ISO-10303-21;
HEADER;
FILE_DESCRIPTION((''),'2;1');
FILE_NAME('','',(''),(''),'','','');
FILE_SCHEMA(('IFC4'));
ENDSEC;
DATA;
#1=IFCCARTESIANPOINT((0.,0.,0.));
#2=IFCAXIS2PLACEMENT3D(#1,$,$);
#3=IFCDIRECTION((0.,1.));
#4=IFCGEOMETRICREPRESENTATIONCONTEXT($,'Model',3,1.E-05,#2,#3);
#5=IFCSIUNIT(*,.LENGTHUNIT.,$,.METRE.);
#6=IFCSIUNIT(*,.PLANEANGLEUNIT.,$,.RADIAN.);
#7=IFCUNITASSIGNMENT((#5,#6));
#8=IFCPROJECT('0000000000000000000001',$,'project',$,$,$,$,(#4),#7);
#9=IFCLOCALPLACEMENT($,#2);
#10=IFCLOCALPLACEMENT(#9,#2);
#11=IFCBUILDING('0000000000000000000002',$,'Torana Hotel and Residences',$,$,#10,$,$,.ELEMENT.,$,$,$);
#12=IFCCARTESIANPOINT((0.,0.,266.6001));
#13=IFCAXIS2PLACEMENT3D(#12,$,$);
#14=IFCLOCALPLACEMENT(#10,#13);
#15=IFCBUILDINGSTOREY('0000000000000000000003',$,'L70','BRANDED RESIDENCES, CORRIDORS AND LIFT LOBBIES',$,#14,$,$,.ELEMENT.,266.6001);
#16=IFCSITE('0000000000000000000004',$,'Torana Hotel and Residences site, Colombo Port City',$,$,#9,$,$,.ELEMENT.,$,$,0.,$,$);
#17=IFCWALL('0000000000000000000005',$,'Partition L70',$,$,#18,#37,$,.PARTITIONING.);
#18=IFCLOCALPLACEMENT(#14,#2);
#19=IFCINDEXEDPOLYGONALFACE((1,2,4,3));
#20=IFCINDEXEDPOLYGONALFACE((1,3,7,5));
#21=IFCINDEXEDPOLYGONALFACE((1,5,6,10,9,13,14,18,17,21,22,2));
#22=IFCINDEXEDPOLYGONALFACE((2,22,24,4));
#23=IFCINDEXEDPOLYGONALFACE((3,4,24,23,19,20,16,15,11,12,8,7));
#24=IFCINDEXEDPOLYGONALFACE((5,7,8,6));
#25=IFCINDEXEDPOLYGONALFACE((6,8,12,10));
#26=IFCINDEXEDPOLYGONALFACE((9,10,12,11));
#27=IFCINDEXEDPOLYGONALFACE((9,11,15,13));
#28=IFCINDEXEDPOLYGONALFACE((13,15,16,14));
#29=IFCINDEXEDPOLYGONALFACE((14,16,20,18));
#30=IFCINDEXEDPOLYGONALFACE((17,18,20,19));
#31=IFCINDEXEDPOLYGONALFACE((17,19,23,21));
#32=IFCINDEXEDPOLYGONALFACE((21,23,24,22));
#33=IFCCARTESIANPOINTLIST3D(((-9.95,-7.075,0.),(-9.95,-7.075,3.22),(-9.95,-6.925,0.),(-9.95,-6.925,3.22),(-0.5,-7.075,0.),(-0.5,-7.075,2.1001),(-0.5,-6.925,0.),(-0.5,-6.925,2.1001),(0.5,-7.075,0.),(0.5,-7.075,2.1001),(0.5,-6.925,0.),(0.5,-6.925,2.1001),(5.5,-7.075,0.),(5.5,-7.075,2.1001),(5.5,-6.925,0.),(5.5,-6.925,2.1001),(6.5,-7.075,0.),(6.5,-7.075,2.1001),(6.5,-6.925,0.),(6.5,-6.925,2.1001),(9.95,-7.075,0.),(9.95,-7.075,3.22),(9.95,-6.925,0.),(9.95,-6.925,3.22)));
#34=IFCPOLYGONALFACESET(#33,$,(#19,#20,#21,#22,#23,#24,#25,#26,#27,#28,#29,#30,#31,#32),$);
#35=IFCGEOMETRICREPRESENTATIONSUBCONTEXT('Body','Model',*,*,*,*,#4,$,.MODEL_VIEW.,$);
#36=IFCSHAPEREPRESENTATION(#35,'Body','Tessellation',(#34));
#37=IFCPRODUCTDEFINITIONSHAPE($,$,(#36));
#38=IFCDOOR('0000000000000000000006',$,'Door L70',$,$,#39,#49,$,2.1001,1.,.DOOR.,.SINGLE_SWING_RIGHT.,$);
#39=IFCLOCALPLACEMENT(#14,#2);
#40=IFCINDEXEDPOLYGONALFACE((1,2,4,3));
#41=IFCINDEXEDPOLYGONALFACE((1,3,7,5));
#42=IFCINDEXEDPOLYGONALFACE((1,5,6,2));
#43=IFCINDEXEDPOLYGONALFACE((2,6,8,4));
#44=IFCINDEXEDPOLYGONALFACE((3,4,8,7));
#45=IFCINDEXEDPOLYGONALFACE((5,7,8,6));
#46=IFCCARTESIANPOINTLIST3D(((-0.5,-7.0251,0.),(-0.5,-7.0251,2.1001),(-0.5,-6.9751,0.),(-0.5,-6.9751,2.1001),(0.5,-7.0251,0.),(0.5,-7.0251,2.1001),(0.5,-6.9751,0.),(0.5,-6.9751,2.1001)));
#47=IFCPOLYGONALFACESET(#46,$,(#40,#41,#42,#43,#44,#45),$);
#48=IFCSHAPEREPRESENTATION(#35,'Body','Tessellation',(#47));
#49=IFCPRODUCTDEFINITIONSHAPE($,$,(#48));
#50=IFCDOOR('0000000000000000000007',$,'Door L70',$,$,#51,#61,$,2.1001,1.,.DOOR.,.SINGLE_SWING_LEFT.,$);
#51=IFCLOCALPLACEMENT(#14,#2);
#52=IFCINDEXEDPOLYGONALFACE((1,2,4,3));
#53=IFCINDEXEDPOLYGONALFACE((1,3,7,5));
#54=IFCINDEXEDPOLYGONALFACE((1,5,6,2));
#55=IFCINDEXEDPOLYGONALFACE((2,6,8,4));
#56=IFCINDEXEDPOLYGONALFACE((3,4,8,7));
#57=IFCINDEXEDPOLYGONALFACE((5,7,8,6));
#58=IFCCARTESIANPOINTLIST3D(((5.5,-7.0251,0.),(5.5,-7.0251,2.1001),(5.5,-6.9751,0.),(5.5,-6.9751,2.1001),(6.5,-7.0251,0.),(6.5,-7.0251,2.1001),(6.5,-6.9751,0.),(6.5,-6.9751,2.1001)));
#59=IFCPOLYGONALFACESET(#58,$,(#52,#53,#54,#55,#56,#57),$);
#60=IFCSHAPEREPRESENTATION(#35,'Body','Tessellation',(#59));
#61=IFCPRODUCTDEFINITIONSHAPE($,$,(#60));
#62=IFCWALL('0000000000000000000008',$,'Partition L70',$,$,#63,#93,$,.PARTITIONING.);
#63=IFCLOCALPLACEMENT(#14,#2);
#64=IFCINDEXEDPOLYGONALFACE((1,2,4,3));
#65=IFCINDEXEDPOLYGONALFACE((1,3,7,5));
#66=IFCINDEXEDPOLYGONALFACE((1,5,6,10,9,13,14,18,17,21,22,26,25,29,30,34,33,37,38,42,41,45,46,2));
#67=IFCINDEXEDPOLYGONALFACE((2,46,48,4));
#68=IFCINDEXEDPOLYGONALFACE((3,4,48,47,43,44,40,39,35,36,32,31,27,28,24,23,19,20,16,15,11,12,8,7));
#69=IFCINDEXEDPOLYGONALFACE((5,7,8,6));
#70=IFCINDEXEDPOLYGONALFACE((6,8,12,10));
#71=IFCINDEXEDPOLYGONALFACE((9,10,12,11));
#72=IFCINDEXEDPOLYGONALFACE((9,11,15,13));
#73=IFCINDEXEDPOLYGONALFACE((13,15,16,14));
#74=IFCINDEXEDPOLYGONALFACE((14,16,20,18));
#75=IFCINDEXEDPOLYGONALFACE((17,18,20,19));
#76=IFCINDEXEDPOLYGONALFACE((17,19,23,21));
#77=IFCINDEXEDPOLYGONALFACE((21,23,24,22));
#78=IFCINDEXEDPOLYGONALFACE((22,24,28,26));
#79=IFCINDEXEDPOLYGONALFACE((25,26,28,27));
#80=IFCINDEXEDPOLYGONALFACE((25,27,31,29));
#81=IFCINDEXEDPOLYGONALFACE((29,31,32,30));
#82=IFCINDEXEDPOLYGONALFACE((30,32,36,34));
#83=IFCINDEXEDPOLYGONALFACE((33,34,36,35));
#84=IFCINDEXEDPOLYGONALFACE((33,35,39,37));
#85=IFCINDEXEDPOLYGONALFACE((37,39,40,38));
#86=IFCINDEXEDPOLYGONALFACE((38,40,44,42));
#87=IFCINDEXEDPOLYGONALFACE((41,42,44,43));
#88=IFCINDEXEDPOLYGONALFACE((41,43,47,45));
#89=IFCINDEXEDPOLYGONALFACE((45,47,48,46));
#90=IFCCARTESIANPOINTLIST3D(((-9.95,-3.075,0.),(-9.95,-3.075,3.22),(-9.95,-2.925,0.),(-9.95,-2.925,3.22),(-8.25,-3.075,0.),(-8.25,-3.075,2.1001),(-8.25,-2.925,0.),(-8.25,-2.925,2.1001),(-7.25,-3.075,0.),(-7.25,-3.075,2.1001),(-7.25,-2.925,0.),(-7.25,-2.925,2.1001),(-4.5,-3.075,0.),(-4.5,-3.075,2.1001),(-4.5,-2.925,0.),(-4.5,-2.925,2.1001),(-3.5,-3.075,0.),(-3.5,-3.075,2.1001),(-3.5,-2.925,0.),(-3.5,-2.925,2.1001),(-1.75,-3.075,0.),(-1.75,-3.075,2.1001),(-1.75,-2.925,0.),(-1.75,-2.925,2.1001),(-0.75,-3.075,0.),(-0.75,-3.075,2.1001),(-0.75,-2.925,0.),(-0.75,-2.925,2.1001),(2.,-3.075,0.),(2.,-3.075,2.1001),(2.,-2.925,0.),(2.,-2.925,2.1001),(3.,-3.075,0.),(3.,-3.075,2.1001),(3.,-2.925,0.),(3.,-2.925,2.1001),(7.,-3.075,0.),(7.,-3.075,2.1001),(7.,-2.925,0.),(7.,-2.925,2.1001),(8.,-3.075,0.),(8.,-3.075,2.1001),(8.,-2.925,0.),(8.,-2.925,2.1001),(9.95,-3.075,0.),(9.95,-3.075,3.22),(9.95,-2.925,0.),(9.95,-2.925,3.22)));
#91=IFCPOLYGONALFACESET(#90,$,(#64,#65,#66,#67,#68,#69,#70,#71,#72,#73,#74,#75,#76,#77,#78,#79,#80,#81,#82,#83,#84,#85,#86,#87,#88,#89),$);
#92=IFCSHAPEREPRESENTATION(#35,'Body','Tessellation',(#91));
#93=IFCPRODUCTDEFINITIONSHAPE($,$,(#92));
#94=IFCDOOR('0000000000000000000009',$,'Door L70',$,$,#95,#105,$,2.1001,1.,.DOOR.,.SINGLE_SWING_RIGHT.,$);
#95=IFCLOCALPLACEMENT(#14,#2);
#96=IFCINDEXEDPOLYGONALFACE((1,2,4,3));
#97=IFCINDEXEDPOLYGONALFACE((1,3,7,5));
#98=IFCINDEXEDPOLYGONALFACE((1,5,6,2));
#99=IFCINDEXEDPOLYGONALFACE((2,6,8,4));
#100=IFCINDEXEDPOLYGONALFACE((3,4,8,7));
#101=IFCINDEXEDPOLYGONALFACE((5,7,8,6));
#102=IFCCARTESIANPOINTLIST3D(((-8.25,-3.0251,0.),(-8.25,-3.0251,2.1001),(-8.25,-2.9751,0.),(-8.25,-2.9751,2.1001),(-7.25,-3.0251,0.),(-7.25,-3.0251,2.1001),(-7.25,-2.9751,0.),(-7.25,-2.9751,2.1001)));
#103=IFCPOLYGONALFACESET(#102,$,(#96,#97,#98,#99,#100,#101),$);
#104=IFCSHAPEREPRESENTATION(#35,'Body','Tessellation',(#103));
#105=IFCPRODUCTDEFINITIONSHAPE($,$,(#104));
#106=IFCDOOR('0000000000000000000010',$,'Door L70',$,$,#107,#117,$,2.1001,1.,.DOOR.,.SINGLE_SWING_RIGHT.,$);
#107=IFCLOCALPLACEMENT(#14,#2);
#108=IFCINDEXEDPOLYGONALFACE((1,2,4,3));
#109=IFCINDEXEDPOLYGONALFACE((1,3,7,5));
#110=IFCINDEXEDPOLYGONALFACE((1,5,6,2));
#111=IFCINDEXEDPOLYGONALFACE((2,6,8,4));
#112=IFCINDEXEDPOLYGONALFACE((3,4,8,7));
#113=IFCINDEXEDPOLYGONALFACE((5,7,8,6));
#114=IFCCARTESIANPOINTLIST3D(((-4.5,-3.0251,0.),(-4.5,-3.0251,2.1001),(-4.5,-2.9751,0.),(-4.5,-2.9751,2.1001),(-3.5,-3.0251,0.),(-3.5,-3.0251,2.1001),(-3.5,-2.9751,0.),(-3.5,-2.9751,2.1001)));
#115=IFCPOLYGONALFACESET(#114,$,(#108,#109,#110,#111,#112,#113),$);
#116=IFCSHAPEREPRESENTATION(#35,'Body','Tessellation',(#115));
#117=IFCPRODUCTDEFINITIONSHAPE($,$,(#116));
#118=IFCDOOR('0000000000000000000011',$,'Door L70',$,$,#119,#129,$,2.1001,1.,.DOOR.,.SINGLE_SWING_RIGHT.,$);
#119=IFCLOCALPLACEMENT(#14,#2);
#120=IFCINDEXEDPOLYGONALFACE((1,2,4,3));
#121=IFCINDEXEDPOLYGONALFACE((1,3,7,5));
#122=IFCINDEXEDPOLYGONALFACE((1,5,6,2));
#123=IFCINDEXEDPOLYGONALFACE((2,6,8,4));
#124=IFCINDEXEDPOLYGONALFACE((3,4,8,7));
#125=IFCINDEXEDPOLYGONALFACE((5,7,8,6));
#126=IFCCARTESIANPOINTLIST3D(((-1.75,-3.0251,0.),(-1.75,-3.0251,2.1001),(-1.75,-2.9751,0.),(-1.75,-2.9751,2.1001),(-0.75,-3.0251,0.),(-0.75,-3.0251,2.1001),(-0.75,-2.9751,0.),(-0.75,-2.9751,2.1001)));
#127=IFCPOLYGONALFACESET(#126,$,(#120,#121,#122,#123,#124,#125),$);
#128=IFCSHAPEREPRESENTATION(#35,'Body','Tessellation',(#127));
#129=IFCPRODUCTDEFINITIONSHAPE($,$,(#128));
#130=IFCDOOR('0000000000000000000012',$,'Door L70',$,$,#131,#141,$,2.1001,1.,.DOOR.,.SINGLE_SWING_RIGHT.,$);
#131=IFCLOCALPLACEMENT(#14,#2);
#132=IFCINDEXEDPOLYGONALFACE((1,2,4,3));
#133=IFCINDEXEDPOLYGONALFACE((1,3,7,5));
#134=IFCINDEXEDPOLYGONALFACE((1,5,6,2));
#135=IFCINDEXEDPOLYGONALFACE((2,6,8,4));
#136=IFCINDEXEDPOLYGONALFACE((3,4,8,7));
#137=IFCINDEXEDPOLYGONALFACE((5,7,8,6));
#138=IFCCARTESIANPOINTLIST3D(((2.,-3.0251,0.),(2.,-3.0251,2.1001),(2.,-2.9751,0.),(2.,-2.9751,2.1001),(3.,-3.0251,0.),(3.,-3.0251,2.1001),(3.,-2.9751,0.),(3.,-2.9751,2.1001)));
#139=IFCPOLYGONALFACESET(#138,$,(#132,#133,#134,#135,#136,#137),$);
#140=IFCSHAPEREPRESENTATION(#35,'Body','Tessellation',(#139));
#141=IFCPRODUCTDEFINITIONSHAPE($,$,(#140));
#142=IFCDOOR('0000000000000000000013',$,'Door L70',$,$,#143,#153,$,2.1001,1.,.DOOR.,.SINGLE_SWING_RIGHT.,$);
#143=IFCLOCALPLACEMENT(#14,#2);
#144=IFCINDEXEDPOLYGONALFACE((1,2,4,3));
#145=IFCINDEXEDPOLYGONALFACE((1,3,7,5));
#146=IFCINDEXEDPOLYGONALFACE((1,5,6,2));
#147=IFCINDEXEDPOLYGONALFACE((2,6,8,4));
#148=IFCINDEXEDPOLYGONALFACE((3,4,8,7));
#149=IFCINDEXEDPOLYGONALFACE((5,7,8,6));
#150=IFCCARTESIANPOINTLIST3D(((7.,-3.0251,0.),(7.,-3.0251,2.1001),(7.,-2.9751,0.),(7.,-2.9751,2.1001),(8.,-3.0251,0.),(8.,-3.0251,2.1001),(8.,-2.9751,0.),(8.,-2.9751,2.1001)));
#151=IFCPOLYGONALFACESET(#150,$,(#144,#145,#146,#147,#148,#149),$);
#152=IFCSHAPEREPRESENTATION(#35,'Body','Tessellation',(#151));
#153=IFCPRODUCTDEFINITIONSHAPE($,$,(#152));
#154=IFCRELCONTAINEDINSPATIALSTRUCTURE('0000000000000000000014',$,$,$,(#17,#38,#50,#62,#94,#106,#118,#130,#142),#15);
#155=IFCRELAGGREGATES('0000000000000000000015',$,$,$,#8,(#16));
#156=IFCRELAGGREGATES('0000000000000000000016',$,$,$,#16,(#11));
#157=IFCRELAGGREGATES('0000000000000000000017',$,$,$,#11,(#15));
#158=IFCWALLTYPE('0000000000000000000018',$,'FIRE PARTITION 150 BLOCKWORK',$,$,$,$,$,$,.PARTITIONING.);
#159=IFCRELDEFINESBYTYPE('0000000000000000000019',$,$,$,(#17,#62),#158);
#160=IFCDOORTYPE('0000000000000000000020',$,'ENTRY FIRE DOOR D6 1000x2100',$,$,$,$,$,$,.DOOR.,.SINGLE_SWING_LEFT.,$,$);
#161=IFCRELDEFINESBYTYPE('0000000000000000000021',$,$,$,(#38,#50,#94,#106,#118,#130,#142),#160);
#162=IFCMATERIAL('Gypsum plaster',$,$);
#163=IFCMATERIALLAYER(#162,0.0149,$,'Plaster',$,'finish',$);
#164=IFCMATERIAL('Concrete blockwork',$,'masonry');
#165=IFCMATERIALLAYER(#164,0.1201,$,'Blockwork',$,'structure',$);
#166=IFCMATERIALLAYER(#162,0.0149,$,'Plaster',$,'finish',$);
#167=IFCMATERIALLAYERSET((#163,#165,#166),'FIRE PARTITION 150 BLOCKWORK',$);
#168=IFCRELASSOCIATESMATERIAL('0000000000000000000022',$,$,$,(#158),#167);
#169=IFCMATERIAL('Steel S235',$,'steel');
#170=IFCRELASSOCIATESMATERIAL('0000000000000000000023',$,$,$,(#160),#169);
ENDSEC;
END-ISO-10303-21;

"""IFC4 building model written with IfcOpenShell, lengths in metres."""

from ifc_helpers import new_model, si_unit, direction, frame, frame_2d, origin, place, context, subcontext, project, spatial, rectangle, extrude, material, layer, layer_set, type_object, element, fill, save


model = new_model("IFC4")

# Units and contexts
model_context = context("Model", 3, precision=1e-05, world=origin(), true_north=direction((0.0, 1.0)))
body_context = subcontext(model_context, "Body", "Model", "MODEL_VIEW")
ifc_project = project(units=[si_unit("LENGTHUNIT", "METRE"), si_unit("PLANEANGLEUNIT", "RADIAN")], contexts=[model_context])

# Site, building, storey
site_placement = place(None, origin())
site = spatial("IfcSite", under=ifc_project, at=site_placement, Name="Torana Hotel and Residences site, Colombo Port City", CompositionType="ELEMENT", RefElevation=0.0)
building_placement = place(site_placement, origin())
building = spatial("IfcBuilding", under=site, at=building_placement, Name="Torana Hotel and Residences", CompositionType="ELEMENT")
storey_placement = place(building_placement, frame((0.0, 0.0, 266.6001)))
storey = spatial("IfcBuildingStorey", under=building, at=storey_placement, Name="L70", Description="BRANDED RESIDENCES, CORRIDORS AND LIFT LOBBIES", CompositionType="ELEMENT", Elevation=266.6001)

# Shared definitions
ifc_material_1 = material(Name="Gypsum plaster")
ifc_layer_1 = layer(ifc_material_1, 0.0149, Name="Plaster", Category="finish")
ifc_material_2 = material(Name="Concrete blockwork", Category="masonry")
ifc_layer_2 = layer(ifc_material_2, 0.1201, Name="Blockwork", Category="structure")
ifc_layer_3 = layer(ifc_material_1, 0.0149, Name="Plaster", Category="finish")
ifc_layer_set_1 = layer_set([ifc_layer_1, ifc_layer_2, ifc_layer_3], Name="FIRE PARTITION 150 BLOCKWORK")
wall_type_1 = type_object("IfcWallType", Name="FIRE PARTITION 150 BLOCKWORK", PredefinedType="PARTITIONING", material=ifc_layer_set_1)

# Walls, openings, doors
ifc_material_3 = material(Name="Steel S235", Category="steel")
door_type = type_object("IfcDoorType", Name="ENTRY FIRE DOOR D6 1000x2100", OperationType="SINGLE_SWING_LEFT", PredefinedType="DOOR", material=ifc_material_3)
wall_1_placement = place(storey_placement, frame((-9.95, -7.0, 0.0), z_axis=(0.0, 0.0, 1.0), x_axis=(1.0, 0.0, 0.0)))
wall_1 = element("IfcWall", 1, at=wall_1_placement, inside=storey, type_object=wall_type_1, Name="Partition L70", PredefinedType="PARTITIONING", context=body_context, shape_type="SweptSolid", body=[
    extrude(rectangle(XDim=19.8999, YDim=0.1499, at=frame_2d((9.95, 0.0))), origin(), (0.0, 0.0, 1.0), 3.22),
])
opening_1_placement = place(wall_1_placement, frame((9.45, 0.0, 0.0)))
opening_1 = element("IfcOpeningElement", 2, at=opening_1_placement, cuts=wall_1, PredefinedType="OPENING", context=body_context, shape_type="SweptSolid", body=[
    extrude(rectangle(XDim=1.0, YDim=2.1001, at=frame_2d((0.5, 1.05))), frame((0.0, 0.085, 0.0), z_axis=(0.0, -1.0, 0.0), x_axis=(1.0, 0.0, 0.0)), (0.0, 0.0, 1.0), 0.1699),
])
opening_2_placement = place(wall_1_placement, frame((15.45, 0.0, 0.0)))
opening_2 = element("IfcOpeningElement", 3, at=opening_2_placement, cuts=wall_1, PredefinedType="OPENING", context=body_context, shape_type="SweptSolid", body=[
    extrude(rectangle(XDim=1.0, YDim=2.1001, at=frame_2d((0.5, 1.05))), frame((0.0, 0.085, 0.0), z_axis=(0.0, -1.0, 0.0), x_axis=(1.0, 0.0, 0.0)), (0.0, 0.0, 1.0), 0.1699),
])
door_1_placement = place(opening_1_placement, origin())
door_1 = element("IfcDoor", 4, at=door_1_placement, inside=storey, type_object=door_type, Name="Door L70", OperationType="SINGLE_SWING_RIGHT", OverallHeight=2.1001, OverallWidth=1.0, PredefinedType="DOOR", context=body_context, shape_type="SweptSolid", body=[
    extrude(rectangle(XDim=1.0, YDim=2.1001, at=frame_2d((0.5, 1.05))), frame((0.0, 0.0249, 0.0), z_axis=(0.0, -1.0, 0.0), x_axis=(1.0, 0.0, 0.0)), (0.0, 0.0, 1.0), 0.05),
])
fill(opening_1, door_1)
door_2_placement = place(opening_2_placement, frame((0.5, 0.0, 0.0), z_axis=(0.0, 0.0, 1.0), x_axis=(-1.0, 0.0, 0.0)))
door_2 = element("IfcDoor", 5, at=door_2_placement, inside=storey, type_object=door_type, Name="Door L70", OperationType="SINGLE_SWING_LEFT", OverallHeight=2.1001, OverallWidth=1.0, PredefinedType="DOOR", context=body_context, shape_type="SweptSolid", body=[
    extrude(rectangle(XDim=1.0, YDim=2.1001, at=frame_2d((0.0, 1.05))), frame((0.0, -0.0249, 0.0), z_axis=(0.0, 1.0, 0.0), x_axis=(-1.0, 0.0, 0.0)), (0.0, 0.0, 1.0), 0.05),
])
fill(opening_2, door_2)
wall_2_placement = place(storey_placement, frame((-9.95, -3.0, 0.0), z_axis=(0.0, 0.0, 1.0), x_axis=(1.0, 0.0, 0.0)))
wall_2 = element("IfcWall", 6, at=wall_2_placement, inside=storey, type_object=wall_type_1, Name="Partition L70", PredefinedType="PARTITIONING", context=body_context, shape_type="SweptSolid", body=[
    extrude(rectangle(XDim=19.8999, YDim=0.1499, at=frame_2d((9.95, 0.0))), origin(), (0.0, 0.0, 1.0), 3.22),
])
opening_3_placement = place(wall_2_placement, frame((1.7, 0.0, 0.0)))
opening_3 = element("IfcOpeningElement", 7, at=opening_3_placement, cuts=wall_2, PredefinedType="OPENING", context=body_context, shape_type="SweptSolid", body=[
    extrude(rectangle(XDim=1.0, YDim=2.1001, at=frame_2d((0.5, 1.05))), frame((0.0, 0.085, 0.0), z_axis=(0.0, -1.0, 0.0), x_axis=(1.0, 0.0, 0.0)), (0.0, 0.0, 1.0), 0.1699),
])
opening_4_placement = place(wall_2_placement, frame((5.45, 0.0, 0.0)))
opening_4 = element("IfcOpeningElement", 8, at=opening_4_placement, cuts=wall_2, PredefinedType="OPENING", context=body_context, shape_type="SweptSolid", body=[
    extrude(rectangle(XDim=1.0, YDim=2.1001, at=frame_2d((0.5, 1.05))), frame((0.0, 0.085, 0.0), z_axis=(0.0, -1.0, 0.0), x_axis=(1.0, 0.0, 0.0)), (0.0, 0.0, 1.0), 0.1699),
])
opening_5_placement = place(wall_2_placement, frame((8.2, 0.0, 0.0)))
opening_5 = element("IfcOpeningElement", 9, at=opening_5_placement, cuts=wall_2, PredefinedType="OPENING", context=body_context, shape_type="SweptSolid", body=[
    extrude(rectangle(XDim=1.0, YDim=2.1001, at=frame_2d((0.5, 1.05))), frame((0.0, 0.085, 0.0), z_axis=(0.0, -1.0, 0.0), x_axis=(1.0, 0.0, 0.0)), (0.0, 0.0, 1.0), 0.1699),
])
opening_6_placement = place(wall_2_placement, frame((11.95, 0.0, 0.0)))
opening_6 = element("IfcOpeningElement", 10, at=opening_6_placement, cuts=wall_2, PredefinedType="OPENING", context=body_context, shape_type="SweptSolid", body=[
    extrude(rectangle(XDim=1.0, YDim=2.1001, at=frame_2d((0.5, 1.05))), frame((0.0, 0.085, 0.0), z_axis=(0.0, -1.0, 0.0), x_axis=(1.0, 0.0, 0.0)), (0.0, 0.0, 1.0), 0.1699),
])
opening_7_placement = place(wall_2_placement, frame((16.95, 0.0, 0.0)))
opening_7 = element("IfcOpeningElement", 11, at=opening_7_placement, cuts=wall_2, PredefinedType="OPENING", context=body_context, shape_type="SweptSolid", body=[
    extrude(rectangle(XDim=1.0, YDim=2.1001, at=frame_2d((0.5, 1.05))), frame((0.0, 0.085, 0.0), z_axis=(0.0, -1.0, 0.0), x_axis=(1.0, 0.0, 0.0)), (0.0, 0.0, 1.0), 0.1699),
])
door_3_placement = place(opening_3_placement, origin())
door_3 = element("IfcDoor", 12, at=door_3_placement, inside=storey, type_object=door_type, Name="Door L70", OperationType="SINGLE_SWING_RIGHT", OverallHeight=2.1001, OverallWidth=1.0, PredefinedType="DOOR", context=body_context, shape_type="SweptSolid", body=[
    extrude(rectangle(XDim=1.0, YDim=2.1001, at=frame_2d((0.5, 1.05))), frame((0.0, 0.0249, 0.0), z_axis=(0.0, -1.0, 0.0), x_axis=(1.0, 0.0, 0.0)), (0.0, 0.0, 1.0), 0.05),
])
fill(opening_3, door_3)
door_4_placement = place(opening_4_placement, origin())
door_4 = element("IfcDoor", 13, at=door_4_placement, inside=storey, type_object=door_type, Name="Door L70", OperationType="SINGLE_SWING_RIGHT", OverallHeight=2.1001, OverallWidth=1.0, PredefinedType="DOOR", context=body_context, shape_type="SweptSolid", body=[
    extrude(rectangle(XDim=1.0, YDim=2.1001, at=frame_2d((0.5, 1.05))), frame((0.0, 0.0249, 0.0), z_axis=(0.0, -1.0, 0.0), x_axis=(1.0, 0.0, 0.0)), (0.0, 0.0, 1.0), 0.05),
])
fill(opening_4, door_4)
door_5_placement = place(opening_5_placement, origin())
door_5 = element("IfcDoor", 14, at=door_5_placement, inside=storey, type_object=door_type, Name="Door L70", OperationType="SINGLE_SWING_RIGHT", OverallHeight=2.1001, OverallWidth=1.0, PredefinedType="DOOR", context=body_context, shape_type="SweptSolid", body=[
    extrude(rectangle(XDim=1.0, YDim=2.1001, at=frame_2d((0.5, 1.05))), frame((0.0, 0.0249, 0.0), z_axis=(0.0, -1.0, 0.0), x_axis=(1.0, 0.0, 0.0)), (0.0, 0.0, 1.0), 0.05),
])
fill(opening_5, door_5)
door_6_placement = place(opening_6_placement, origin())
door_6 = element("IfcDoor", 15, at=door_6_placement, inside=storey, type_object=door_type, Name="Door L70", OperationType="SINGLE_SWING_RIGHT", OverallHeight=2.1001, OverallWidth=1.0, PredefinedType="DOOR", context=body_context, shape_type="SweptSolid", body=[
    extrude(rectangle(XDim=1.0, YDim=2.1001, at=frame_2d((0.5, 1.05))), frame((0.0, 0.0249, 0.0), z_axis=(0.0, -1.0, 0.0), x_axis=(1.0, 0.0, 0.0)), (0.0, 0.0, 1.0), 0.05),
])
fill(opening_6, door_6)
door_7_placement = place(opening_7_placement, origin())
door_7 = element("IfcDoor", 16, at=door_7_placement, inside=storey, type_object=door_type, Name="Door L70", OperationType="SINGLE_SWING_RIGHT", OverallHeight=2.1001, OverallWidth=1.0, PredefinedType="DOOR", context=body_context, shape_type="SweptSolid", body=[
    extrude(rectangle(XDim=1.0, YDim=2.1001, at=frame_2d((0.5, 1.05))), frame((0.0, 0.0249, 0.0), z_axis=(0.0, -1.0, 0.0), x_axis=(1.0, 0.0, 0.0)), (0.0, 0.0, 1.0), 0.05),
])
fill(opening_7, door_7)

save(model, "model.ifc")
